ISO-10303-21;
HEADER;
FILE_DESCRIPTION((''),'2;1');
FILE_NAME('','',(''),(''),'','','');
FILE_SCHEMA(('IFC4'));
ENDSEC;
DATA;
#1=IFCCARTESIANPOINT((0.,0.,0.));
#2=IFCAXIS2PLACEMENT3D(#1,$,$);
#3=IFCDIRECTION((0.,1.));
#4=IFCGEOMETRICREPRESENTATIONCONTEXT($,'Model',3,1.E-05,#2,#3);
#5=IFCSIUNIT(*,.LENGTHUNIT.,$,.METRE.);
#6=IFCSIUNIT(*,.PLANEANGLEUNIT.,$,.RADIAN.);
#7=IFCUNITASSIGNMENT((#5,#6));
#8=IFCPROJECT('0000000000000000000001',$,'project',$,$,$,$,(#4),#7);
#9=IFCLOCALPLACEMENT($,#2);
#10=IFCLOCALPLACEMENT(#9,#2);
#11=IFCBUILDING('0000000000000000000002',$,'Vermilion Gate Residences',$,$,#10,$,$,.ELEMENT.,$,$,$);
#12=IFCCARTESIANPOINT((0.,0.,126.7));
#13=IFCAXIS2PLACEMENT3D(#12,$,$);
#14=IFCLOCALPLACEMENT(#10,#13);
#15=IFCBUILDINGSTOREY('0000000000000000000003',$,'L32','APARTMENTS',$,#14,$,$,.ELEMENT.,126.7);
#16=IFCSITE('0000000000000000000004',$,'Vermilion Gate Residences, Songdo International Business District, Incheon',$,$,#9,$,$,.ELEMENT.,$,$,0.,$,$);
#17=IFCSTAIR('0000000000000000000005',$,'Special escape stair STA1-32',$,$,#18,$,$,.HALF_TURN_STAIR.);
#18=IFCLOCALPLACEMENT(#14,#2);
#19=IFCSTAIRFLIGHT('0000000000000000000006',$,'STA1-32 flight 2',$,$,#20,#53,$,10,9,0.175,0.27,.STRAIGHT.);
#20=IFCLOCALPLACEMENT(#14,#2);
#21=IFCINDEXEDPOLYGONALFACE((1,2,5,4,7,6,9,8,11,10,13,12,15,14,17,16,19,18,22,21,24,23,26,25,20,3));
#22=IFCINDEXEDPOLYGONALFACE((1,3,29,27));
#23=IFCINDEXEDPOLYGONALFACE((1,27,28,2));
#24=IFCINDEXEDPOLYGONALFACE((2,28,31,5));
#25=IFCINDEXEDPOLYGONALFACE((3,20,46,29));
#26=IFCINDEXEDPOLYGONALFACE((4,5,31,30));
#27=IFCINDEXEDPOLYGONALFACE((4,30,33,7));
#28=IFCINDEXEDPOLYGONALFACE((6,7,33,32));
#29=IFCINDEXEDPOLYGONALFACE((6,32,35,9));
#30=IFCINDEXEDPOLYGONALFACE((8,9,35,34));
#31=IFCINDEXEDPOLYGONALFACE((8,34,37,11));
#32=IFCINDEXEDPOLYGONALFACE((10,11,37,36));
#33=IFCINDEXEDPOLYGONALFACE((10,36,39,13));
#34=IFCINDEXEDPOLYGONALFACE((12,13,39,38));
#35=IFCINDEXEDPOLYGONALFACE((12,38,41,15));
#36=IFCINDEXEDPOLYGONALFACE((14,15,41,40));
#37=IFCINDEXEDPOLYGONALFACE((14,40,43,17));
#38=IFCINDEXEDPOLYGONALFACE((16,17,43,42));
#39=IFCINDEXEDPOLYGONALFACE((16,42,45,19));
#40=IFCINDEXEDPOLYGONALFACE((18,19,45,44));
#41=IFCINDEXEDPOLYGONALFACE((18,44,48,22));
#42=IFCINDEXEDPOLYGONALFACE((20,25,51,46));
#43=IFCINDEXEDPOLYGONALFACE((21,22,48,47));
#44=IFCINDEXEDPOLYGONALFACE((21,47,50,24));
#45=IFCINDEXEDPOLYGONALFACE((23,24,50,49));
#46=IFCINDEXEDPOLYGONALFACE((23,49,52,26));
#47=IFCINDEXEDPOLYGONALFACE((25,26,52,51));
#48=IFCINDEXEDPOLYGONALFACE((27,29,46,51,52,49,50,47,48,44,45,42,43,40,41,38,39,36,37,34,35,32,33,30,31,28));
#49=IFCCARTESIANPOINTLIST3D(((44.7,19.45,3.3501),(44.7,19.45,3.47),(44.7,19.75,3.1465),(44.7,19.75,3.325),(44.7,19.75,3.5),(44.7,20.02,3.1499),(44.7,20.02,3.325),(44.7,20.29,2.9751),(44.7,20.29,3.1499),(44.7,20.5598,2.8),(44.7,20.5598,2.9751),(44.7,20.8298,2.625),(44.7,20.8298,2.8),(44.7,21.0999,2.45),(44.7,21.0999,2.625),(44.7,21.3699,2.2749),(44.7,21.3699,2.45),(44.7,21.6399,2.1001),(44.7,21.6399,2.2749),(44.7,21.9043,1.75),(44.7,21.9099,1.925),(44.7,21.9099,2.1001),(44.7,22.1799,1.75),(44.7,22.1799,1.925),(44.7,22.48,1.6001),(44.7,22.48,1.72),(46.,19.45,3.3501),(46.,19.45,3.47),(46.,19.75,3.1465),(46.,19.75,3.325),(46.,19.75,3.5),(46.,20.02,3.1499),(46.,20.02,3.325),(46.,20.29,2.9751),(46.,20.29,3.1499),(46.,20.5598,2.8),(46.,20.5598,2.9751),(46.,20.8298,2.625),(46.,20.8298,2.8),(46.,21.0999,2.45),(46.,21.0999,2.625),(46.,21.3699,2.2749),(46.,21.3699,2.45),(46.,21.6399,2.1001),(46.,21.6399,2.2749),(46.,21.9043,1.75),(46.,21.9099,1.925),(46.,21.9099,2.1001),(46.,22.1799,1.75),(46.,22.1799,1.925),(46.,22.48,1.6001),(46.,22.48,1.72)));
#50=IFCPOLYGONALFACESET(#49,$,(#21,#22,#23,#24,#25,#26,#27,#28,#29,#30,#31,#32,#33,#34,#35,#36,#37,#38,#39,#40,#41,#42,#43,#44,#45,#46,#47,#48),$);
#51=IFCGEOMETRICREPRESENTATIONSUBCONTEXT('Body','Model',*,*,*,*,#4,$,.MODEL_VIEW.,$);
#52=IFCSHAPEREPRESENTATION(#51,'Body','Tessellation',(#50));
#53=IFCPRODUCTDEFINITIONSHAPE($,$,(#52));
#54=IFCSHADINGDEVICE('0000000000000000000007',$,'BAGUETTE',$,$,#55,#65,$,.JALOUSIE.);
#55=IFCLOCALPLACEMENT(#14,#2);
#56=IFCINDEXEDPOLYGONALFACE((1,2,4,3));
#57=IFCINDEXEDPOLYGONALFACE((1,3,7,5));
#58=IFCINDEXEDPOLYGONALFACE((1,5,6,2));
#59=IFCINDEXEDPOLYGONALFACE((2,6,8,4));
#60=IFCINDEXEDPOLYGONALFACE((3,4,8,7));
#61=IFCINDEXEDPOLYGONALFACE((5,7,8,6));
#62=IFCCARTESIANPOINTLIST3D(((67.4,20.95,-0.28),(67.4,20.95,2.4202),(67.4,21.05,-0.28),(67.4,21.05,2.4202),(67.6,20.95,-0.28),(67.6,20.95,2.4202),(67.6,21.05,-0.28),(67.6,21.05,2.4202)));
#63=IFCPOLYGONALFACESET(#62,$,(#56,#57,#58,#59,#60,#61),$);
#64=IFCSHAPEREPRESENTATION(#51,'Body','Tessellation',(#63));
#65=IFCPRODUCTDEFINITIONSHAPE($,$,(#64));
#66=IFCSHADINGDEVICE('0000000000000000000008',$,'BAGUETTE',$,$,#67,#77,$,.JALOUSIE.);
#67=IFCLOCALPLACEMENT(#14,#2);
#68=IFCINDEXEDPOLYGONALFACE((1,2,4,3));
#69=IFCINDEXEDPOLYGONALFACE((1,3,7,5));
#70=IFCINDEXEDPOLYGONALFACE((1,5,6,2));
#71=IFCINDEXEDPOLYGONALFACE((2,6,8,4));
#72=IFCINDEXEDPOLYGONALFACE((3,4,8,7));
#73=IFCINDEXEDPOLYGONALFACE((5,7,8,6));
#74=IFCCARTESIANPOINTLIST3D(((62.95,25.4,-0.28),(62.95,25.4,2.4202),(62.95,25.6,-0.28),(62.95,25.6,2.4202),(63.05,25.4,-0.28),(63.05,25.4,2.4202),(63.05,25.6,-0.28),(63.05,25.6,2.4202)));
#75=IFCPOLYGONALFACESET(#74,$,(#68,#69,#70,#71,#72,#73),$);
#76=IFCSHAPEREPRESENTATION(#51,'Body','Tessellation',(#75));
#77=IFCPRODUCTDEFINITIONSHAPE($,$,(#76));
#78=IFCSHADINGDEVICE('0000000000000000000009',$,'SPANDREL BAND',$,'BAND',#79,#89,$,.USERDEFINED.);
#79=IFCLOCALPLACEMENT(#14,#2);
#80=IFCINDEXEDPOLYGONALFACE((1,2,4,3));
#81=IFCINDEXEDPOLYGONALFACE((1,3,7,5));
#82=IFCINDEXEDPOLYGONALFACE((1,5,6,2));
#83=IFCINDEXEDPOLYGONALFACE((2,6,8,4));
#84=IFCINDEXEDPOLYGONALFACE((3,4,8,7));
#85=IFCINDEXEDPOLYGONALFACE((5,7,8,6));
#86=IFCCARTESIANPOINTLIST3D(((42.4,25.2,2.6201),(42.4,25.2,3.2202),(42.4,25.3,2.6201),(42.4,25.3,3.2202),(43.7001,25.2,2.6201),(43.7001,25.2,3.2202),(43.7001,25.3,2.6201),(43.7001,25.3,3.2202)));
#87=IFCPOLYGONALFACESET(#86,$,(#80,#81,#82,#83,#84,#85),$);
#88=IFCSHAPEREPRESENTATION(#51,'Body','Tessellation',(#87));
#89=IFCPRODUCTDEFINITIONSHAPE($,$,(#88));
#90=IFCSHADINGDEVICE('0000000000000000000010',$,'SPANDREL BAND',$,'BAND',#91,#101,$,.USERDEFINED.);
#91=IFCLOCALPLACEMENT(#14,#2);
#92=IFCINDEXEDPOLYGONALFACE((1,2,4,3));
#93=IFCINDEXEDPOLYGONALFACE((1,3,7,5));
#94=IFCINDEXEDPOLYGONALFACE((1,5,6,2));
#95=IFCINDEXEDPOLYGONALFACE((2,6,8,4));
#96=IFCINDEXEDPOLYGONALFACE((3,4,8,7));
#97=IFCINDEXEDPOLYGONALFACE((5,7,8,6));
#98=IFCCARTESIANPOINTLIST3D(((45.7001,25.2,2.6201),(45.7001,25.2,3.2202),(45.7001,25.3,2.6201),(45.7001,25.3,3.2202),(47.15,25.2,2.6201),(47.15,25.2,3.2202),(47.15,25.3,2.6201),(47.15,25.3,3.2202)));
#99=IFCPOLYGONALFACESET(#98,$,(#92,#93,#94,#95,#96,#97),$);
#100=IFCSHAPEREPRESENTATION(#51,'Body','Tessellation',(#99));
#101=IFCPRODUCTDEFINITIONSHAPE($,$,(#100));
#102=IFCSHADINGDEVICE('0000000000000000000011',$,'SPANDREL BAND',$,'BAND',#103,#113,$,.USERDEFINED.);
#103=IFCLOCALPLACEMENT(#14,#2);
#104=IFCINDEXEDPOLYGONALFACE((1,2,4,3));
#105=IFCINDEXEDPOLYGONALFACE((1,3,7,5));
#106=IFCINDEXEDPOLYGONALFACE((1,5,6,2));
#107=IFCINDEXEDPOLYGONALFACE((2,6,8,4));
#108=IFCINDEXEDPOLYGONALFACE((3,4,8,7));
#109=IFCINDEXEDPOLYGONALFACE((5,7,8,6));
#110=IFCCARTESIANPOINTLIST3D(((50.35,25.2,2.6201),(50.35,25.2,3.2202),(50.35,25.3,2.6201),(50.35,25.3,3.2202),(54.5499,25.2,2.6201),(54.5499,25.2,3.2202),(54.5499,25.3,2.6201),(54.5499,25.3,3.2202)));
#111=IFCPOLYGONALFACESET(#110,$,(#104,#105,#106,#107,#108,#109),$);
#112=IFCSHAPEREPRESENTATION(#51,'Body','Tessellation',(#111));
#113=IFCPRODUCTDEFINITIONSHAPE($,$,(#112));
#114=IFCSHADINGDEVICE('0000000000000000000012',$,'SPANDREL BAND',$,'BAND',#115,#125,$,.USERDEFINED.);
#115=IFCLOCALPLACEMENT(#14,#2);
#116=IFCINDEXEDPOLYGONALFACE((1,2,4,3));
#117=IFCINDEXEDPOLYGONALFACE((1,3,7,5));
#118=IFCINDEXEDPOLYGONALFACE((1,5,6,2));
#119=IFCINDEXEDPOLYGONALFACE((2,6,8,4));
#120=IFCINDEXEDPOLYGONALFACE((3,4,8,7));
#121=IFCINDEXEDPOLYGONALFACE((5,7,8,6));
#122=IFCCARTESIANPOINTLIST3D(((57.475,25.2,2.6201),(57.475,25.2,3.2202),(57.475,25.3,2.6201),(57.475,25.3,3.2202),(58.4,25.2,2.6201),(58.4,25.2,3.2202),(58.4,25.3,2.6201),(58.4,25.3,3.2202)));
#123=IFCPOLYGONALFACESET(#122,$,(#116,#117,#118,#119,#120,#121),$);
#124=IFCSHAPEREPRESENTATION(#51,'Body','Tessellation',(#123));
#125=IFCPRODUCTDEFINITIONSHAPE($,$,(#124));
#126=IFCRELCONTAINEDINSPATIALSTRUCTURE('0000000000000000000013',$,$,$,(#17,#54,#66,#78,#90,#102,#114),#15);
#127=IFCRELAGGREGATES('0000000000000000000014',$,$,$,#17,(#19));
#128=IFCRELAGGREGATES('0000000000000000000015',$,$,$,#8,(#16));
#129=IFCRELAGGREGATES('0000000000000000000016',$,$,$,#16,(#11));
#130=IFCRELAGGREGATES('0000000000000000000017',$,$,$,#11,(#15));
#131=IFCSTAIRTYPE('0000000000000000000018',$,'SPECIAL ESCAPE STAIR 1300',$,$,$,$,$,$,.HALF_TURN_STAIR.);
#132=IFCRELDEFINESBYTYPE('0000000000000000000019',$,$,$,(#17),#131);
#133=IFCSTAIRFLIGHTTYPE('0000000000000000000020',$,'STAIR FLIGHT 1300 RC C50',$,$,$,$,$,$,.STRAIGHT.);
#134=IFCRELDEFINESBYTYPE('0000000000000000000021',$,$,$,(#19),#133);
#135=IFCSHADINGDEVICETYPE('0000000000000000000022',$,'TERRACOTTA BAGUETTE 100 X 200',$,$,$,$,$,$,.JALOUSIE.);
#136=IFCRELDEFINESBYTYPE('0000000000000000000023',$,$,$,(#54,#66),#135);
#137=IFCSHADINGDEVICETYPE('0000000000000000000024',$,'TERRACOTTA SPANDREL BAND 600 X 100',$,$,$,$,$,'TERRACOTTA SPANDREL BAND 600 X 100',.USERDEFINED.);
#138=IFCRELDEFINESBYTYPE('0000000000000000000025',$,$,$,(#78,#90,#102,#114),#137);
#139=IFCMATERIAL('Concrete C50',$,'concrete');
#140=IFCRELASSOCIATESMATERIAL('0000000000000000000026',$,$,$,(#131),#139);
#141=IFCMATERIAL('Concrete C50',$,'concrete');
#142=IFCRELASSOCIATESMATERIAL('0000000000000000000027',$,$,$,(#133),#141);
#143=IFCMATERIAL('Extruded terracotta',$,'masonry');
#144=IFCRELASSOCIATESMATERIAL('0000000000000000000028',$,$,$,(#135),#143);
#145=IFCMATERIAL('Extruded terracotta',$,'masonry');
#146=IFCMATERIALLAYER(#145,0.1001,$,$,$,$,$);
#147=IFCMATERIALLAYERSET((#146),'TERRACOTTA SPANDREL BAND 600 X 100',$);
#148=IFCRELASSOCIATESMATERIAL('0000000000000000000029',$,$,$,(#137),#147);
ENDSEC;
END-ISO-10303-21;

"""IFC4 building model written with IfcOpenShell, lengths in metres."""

from ifc_helpers import new_model, si_unit, direction, frame, origin, origin_2d, place, context, subcontext, project, spatial, polyline, rectangle, outline, extrude, material, layer, layer_set, material_profile, profile_set, type_object, element, aggregate, save


model = new_model("IFC4")

# Units and contexts
model_context = context("Model", 3, precision=1e-05, world=origin(), true_north=direction((0.0, 1.0)))
body_context = subcontext(model_context, "Body", "Model", "MODEL_VIEW")
ifc_project = project(units=[si_unit("LENGTHUNIT", "METRE"), si_unit("PLANEANGLEUNIT", "RADIAN")], contexts=[model_context])

# Site, building, storey
site_placement = place(None, origin())
site = spatial("IfcSite", under=ifc_project, at=site_placement, Name="Vermilion Gate Residences, Songdo International Business District, Incheon", CompositionType="ELEMENT", RefElevation=0.0)
building_placement = place(site_placement, origin())
building = spatial("IfcBuilding", under=site, at=building_placement, Name="Vermilion Gate Residences", CompositionType="ELEMENT")
storey_placement = place(building_placement, frame((0.0, 0.0, 126.7)))
storey = spatial("IfcBuildingStorey", under=building, at=storey_placement, Name="L32", Description="APARTMENTS", CompositionType="ELEMENT", Elevation=126.7)

# Stair, stair flight
ifc_material_1 = material(Name="Concrete C50", Category="concrete")
stair_type = type_object("IfcStairType", Name="SPECIAL ESCAPE STAIR 1300", PredefinedType="HALF_TURN_STAIR", material=ifc_material_1)
stair_placement = place(storey_placement, origin())
stair = element("IfcStair", 1, at=stair_placement, inside=storey, type_object=stair_type, Name="Special escape stair STA1-32", PredefinedType="HALF_TURN_STAIR")
ifc_material_2 = material(Name="Concrete C50", Category="concrete")
stair_flight_type = type_object("IfcStairFlightType", Name="STAIR FLIGHT 1300 RC C50", PredefinedType="STRAIGHT", material=ifc_material_2)
stair_flight_placement = place(storey_placement, frame((45.3501, 22.1799, 1.75), z_axis=(0.0, 0.0, 1.0), x_axis=(0.0, -1.0, 0.0)))
stair_flight = element("IfcStairFlight", 2, at=stair_flight_placement, type_object=stair_flight_type, Name="STA1-32 flight 2", NumberOfRisers=10, NumberOfTreads=9, PredefinedType="STRAIGHT", RiserHeight=0.175, TreadLength=0.27, context=body_context, shape_type="SweptSolid", body=[
    extrude(outline(polyline([(-0.3, -0.1499), (-0.3, -0.03), (0.0, 0.0), (0.0, 0.175), (0.27, 0.175), (0.27, 0.3501), (0.54, 0.3501), (0.54, 0.5249), (0.8101, 0.5249), (0.8101, 0.7), (1.0801, 0.7), (1.0801, 0.875), (1.3501, 0.875), (1.3501, 1.05), (1.6201, 1.05), (1.6201, 1.2251), (1.8899, 1.2251), (1.8899, 1.3999), (2.1599, 1.3999), (2.1599, 1.575), (2.4299, 1.575), (2.4299, 1.75), (2.73, 1.72), (2.73, 1.6001), (2.4299, 1.3965), (0.2756, 0.0), (-0.3, -0.1499)])), frame((0.0, 0.6499, 0.0), z_axis=(0.0, -1.0, 0.0), x_axis=(1.0, 0.0, 0.0)), (0.0, 0.0, 1.0), 1.3),
])
aggregate(stair, [stair_flight])

# Shading devices
ifc_material_3 = material(Name="Extruded terracotta", Category="masonry")
ifc_material_profile_1 = material_profile(ifc_material_3, rectangle(XDim=0.2, YDim=0.1001, at=origin_2d()), Name="BAGUETTE 100 X 200")
ifc_profile_set_1 = profile_set([ifc_material_profile_1], Name="Extruded terracotta")
shading_device_type_1 = type_object("IfcShadingDeviceType", Name="TERRACOTTA BAGUETTE 100 X 200", PredefinedType="JALOUSIE", material=ifc_profile_set_1)
for number, where, z_axis, x_axis, name in (
    (3, (67.5, 21.0, -0.28), (0.0, 0.0, 1.0), (-1.0, 0.0, 0.0), "BAGUETTE"),
    (4, (63.0, 25.5, -0.28), (0.0, 0.0, 1.0), (0.0, -1.0, 0.0), "BAGUETTE"),
):
    element("IfcShadingDevice", number, at=place(storey_placement, frame(where, z_axis=z_axis, x_axis=x_axis)), inside=storey, type_object=shading_device_type_1, Name=name, PredefinedType="JALOUSIE", context=body_context, shape_type="SweptSolid", body=[
        extrude(rectangle(XDim=0.2, YDim=0.1001, at=origin_2d()), origin(), (0.0, 0.0, 1.0), 2.7002),
    ])
ifc_material_4 = material(Name="Extruded terracotta", Category="masonry")
ifc_layer_1 = layer(ifc_material_4, 0.1001)
ifc_layer_set_1 = layer_set([ifc_layer_1], Name="TERRACOTTA SPANDREL BAND 600 X 100")
shading_device_type_2 = type_object("IfcShadingDeviceType", Name="TERRACOTTA SPANDREL BAND 600 X 100", ElementType="TERRACOTTA SPANDREL BAND 600 X 100", PredefinedType="USERDEFINED", material=ifc_layer_set_1)
shading_device_1_placement = place(storey_placement, frame((43.05, 25.25, 2.6201), z_axis=(0.0, 0.0, 1.0), x_axis=(1.0, 0.0, 0.0)))
element("IfcShadingDevice", 5, at=shading_device_1_placement, inside=storey, type_object=shading_device_type_2, Name="SPANDREL BAND", ObjectType="BAND", PredefinedType="USERDEFINED", context=body_context, shape_type="SweptSolid", body=[
    extrude(rectangle(XDim=1.3, YDim=0.1001, at=origin_2d()), origin(), (0.0, 0.0, 1.0), 0.6001),
])
shading_device_2_placement = place(storey_placement, frame((46.425, 25.25, 2.6201), z_axis=(0.0, 0.0, 1.0), x_axis=(1.0, 0.0, 0.0)))
element("IfcShadingDevice", 6, at=shading_device_2_placement, inside=storey, type_object=shading_device_type_2, Name="SPANDREL BAND", ObjectType="BAND", PredefinedType="USERDEFINED", context=body_context, shape_type="SweptSolid", body=[
    extrude(rectangle(XDim=1.45, YDim=0.1001, at=origin_2d()), origin(), (0.0, 0.0, 1.0), 0.6001),
])
shading_device_3_placement = place(storey_placement, frame((52.45, 25.25, 2.6201), z_axis=(0.0, 0.0, 1.0), x_axis=(1.0, 0.0, 0.0)))
element("IfcShadingDevice", 7, at=shading_device_3_placement, inside=storey, type_object=shading_device_type_2, Name="SPANDREL BAND", ObjectType="BAND", PredefinedType="USERDEFINED", context=body_context, shape_type="SweptSolid", body=[
    extrude(rectangle(XDim=4.2, YDim=0.1001, at=origin_2d()), origin(), (0.0, 0.0, 1.0), 0.6001),
])
shading_device_4_placement = place(storey_placement, frame((57.9375, 25.25, 2.6201), z_axis=(0.0, 0.0, 1.0), x_axis=(1.0, 0.0, 0.0)))
element("IfcShadingDevice", 8, at=shading_device_4_placement, inside=storey, type_object=shading_device_type_2, Name="SPANDREL BAND", ObjectType="BAND", PredefinedType="USERDEFINED", context=body_context, shape_type="SweptSolid", body=[
    extrude(rectangle(XDim=0.925, YDim=0.1001, at=origin_2d()), origin(), (0.0, 0.0, 1.0), 0.6001),
])

save(model, "model.ifc")
